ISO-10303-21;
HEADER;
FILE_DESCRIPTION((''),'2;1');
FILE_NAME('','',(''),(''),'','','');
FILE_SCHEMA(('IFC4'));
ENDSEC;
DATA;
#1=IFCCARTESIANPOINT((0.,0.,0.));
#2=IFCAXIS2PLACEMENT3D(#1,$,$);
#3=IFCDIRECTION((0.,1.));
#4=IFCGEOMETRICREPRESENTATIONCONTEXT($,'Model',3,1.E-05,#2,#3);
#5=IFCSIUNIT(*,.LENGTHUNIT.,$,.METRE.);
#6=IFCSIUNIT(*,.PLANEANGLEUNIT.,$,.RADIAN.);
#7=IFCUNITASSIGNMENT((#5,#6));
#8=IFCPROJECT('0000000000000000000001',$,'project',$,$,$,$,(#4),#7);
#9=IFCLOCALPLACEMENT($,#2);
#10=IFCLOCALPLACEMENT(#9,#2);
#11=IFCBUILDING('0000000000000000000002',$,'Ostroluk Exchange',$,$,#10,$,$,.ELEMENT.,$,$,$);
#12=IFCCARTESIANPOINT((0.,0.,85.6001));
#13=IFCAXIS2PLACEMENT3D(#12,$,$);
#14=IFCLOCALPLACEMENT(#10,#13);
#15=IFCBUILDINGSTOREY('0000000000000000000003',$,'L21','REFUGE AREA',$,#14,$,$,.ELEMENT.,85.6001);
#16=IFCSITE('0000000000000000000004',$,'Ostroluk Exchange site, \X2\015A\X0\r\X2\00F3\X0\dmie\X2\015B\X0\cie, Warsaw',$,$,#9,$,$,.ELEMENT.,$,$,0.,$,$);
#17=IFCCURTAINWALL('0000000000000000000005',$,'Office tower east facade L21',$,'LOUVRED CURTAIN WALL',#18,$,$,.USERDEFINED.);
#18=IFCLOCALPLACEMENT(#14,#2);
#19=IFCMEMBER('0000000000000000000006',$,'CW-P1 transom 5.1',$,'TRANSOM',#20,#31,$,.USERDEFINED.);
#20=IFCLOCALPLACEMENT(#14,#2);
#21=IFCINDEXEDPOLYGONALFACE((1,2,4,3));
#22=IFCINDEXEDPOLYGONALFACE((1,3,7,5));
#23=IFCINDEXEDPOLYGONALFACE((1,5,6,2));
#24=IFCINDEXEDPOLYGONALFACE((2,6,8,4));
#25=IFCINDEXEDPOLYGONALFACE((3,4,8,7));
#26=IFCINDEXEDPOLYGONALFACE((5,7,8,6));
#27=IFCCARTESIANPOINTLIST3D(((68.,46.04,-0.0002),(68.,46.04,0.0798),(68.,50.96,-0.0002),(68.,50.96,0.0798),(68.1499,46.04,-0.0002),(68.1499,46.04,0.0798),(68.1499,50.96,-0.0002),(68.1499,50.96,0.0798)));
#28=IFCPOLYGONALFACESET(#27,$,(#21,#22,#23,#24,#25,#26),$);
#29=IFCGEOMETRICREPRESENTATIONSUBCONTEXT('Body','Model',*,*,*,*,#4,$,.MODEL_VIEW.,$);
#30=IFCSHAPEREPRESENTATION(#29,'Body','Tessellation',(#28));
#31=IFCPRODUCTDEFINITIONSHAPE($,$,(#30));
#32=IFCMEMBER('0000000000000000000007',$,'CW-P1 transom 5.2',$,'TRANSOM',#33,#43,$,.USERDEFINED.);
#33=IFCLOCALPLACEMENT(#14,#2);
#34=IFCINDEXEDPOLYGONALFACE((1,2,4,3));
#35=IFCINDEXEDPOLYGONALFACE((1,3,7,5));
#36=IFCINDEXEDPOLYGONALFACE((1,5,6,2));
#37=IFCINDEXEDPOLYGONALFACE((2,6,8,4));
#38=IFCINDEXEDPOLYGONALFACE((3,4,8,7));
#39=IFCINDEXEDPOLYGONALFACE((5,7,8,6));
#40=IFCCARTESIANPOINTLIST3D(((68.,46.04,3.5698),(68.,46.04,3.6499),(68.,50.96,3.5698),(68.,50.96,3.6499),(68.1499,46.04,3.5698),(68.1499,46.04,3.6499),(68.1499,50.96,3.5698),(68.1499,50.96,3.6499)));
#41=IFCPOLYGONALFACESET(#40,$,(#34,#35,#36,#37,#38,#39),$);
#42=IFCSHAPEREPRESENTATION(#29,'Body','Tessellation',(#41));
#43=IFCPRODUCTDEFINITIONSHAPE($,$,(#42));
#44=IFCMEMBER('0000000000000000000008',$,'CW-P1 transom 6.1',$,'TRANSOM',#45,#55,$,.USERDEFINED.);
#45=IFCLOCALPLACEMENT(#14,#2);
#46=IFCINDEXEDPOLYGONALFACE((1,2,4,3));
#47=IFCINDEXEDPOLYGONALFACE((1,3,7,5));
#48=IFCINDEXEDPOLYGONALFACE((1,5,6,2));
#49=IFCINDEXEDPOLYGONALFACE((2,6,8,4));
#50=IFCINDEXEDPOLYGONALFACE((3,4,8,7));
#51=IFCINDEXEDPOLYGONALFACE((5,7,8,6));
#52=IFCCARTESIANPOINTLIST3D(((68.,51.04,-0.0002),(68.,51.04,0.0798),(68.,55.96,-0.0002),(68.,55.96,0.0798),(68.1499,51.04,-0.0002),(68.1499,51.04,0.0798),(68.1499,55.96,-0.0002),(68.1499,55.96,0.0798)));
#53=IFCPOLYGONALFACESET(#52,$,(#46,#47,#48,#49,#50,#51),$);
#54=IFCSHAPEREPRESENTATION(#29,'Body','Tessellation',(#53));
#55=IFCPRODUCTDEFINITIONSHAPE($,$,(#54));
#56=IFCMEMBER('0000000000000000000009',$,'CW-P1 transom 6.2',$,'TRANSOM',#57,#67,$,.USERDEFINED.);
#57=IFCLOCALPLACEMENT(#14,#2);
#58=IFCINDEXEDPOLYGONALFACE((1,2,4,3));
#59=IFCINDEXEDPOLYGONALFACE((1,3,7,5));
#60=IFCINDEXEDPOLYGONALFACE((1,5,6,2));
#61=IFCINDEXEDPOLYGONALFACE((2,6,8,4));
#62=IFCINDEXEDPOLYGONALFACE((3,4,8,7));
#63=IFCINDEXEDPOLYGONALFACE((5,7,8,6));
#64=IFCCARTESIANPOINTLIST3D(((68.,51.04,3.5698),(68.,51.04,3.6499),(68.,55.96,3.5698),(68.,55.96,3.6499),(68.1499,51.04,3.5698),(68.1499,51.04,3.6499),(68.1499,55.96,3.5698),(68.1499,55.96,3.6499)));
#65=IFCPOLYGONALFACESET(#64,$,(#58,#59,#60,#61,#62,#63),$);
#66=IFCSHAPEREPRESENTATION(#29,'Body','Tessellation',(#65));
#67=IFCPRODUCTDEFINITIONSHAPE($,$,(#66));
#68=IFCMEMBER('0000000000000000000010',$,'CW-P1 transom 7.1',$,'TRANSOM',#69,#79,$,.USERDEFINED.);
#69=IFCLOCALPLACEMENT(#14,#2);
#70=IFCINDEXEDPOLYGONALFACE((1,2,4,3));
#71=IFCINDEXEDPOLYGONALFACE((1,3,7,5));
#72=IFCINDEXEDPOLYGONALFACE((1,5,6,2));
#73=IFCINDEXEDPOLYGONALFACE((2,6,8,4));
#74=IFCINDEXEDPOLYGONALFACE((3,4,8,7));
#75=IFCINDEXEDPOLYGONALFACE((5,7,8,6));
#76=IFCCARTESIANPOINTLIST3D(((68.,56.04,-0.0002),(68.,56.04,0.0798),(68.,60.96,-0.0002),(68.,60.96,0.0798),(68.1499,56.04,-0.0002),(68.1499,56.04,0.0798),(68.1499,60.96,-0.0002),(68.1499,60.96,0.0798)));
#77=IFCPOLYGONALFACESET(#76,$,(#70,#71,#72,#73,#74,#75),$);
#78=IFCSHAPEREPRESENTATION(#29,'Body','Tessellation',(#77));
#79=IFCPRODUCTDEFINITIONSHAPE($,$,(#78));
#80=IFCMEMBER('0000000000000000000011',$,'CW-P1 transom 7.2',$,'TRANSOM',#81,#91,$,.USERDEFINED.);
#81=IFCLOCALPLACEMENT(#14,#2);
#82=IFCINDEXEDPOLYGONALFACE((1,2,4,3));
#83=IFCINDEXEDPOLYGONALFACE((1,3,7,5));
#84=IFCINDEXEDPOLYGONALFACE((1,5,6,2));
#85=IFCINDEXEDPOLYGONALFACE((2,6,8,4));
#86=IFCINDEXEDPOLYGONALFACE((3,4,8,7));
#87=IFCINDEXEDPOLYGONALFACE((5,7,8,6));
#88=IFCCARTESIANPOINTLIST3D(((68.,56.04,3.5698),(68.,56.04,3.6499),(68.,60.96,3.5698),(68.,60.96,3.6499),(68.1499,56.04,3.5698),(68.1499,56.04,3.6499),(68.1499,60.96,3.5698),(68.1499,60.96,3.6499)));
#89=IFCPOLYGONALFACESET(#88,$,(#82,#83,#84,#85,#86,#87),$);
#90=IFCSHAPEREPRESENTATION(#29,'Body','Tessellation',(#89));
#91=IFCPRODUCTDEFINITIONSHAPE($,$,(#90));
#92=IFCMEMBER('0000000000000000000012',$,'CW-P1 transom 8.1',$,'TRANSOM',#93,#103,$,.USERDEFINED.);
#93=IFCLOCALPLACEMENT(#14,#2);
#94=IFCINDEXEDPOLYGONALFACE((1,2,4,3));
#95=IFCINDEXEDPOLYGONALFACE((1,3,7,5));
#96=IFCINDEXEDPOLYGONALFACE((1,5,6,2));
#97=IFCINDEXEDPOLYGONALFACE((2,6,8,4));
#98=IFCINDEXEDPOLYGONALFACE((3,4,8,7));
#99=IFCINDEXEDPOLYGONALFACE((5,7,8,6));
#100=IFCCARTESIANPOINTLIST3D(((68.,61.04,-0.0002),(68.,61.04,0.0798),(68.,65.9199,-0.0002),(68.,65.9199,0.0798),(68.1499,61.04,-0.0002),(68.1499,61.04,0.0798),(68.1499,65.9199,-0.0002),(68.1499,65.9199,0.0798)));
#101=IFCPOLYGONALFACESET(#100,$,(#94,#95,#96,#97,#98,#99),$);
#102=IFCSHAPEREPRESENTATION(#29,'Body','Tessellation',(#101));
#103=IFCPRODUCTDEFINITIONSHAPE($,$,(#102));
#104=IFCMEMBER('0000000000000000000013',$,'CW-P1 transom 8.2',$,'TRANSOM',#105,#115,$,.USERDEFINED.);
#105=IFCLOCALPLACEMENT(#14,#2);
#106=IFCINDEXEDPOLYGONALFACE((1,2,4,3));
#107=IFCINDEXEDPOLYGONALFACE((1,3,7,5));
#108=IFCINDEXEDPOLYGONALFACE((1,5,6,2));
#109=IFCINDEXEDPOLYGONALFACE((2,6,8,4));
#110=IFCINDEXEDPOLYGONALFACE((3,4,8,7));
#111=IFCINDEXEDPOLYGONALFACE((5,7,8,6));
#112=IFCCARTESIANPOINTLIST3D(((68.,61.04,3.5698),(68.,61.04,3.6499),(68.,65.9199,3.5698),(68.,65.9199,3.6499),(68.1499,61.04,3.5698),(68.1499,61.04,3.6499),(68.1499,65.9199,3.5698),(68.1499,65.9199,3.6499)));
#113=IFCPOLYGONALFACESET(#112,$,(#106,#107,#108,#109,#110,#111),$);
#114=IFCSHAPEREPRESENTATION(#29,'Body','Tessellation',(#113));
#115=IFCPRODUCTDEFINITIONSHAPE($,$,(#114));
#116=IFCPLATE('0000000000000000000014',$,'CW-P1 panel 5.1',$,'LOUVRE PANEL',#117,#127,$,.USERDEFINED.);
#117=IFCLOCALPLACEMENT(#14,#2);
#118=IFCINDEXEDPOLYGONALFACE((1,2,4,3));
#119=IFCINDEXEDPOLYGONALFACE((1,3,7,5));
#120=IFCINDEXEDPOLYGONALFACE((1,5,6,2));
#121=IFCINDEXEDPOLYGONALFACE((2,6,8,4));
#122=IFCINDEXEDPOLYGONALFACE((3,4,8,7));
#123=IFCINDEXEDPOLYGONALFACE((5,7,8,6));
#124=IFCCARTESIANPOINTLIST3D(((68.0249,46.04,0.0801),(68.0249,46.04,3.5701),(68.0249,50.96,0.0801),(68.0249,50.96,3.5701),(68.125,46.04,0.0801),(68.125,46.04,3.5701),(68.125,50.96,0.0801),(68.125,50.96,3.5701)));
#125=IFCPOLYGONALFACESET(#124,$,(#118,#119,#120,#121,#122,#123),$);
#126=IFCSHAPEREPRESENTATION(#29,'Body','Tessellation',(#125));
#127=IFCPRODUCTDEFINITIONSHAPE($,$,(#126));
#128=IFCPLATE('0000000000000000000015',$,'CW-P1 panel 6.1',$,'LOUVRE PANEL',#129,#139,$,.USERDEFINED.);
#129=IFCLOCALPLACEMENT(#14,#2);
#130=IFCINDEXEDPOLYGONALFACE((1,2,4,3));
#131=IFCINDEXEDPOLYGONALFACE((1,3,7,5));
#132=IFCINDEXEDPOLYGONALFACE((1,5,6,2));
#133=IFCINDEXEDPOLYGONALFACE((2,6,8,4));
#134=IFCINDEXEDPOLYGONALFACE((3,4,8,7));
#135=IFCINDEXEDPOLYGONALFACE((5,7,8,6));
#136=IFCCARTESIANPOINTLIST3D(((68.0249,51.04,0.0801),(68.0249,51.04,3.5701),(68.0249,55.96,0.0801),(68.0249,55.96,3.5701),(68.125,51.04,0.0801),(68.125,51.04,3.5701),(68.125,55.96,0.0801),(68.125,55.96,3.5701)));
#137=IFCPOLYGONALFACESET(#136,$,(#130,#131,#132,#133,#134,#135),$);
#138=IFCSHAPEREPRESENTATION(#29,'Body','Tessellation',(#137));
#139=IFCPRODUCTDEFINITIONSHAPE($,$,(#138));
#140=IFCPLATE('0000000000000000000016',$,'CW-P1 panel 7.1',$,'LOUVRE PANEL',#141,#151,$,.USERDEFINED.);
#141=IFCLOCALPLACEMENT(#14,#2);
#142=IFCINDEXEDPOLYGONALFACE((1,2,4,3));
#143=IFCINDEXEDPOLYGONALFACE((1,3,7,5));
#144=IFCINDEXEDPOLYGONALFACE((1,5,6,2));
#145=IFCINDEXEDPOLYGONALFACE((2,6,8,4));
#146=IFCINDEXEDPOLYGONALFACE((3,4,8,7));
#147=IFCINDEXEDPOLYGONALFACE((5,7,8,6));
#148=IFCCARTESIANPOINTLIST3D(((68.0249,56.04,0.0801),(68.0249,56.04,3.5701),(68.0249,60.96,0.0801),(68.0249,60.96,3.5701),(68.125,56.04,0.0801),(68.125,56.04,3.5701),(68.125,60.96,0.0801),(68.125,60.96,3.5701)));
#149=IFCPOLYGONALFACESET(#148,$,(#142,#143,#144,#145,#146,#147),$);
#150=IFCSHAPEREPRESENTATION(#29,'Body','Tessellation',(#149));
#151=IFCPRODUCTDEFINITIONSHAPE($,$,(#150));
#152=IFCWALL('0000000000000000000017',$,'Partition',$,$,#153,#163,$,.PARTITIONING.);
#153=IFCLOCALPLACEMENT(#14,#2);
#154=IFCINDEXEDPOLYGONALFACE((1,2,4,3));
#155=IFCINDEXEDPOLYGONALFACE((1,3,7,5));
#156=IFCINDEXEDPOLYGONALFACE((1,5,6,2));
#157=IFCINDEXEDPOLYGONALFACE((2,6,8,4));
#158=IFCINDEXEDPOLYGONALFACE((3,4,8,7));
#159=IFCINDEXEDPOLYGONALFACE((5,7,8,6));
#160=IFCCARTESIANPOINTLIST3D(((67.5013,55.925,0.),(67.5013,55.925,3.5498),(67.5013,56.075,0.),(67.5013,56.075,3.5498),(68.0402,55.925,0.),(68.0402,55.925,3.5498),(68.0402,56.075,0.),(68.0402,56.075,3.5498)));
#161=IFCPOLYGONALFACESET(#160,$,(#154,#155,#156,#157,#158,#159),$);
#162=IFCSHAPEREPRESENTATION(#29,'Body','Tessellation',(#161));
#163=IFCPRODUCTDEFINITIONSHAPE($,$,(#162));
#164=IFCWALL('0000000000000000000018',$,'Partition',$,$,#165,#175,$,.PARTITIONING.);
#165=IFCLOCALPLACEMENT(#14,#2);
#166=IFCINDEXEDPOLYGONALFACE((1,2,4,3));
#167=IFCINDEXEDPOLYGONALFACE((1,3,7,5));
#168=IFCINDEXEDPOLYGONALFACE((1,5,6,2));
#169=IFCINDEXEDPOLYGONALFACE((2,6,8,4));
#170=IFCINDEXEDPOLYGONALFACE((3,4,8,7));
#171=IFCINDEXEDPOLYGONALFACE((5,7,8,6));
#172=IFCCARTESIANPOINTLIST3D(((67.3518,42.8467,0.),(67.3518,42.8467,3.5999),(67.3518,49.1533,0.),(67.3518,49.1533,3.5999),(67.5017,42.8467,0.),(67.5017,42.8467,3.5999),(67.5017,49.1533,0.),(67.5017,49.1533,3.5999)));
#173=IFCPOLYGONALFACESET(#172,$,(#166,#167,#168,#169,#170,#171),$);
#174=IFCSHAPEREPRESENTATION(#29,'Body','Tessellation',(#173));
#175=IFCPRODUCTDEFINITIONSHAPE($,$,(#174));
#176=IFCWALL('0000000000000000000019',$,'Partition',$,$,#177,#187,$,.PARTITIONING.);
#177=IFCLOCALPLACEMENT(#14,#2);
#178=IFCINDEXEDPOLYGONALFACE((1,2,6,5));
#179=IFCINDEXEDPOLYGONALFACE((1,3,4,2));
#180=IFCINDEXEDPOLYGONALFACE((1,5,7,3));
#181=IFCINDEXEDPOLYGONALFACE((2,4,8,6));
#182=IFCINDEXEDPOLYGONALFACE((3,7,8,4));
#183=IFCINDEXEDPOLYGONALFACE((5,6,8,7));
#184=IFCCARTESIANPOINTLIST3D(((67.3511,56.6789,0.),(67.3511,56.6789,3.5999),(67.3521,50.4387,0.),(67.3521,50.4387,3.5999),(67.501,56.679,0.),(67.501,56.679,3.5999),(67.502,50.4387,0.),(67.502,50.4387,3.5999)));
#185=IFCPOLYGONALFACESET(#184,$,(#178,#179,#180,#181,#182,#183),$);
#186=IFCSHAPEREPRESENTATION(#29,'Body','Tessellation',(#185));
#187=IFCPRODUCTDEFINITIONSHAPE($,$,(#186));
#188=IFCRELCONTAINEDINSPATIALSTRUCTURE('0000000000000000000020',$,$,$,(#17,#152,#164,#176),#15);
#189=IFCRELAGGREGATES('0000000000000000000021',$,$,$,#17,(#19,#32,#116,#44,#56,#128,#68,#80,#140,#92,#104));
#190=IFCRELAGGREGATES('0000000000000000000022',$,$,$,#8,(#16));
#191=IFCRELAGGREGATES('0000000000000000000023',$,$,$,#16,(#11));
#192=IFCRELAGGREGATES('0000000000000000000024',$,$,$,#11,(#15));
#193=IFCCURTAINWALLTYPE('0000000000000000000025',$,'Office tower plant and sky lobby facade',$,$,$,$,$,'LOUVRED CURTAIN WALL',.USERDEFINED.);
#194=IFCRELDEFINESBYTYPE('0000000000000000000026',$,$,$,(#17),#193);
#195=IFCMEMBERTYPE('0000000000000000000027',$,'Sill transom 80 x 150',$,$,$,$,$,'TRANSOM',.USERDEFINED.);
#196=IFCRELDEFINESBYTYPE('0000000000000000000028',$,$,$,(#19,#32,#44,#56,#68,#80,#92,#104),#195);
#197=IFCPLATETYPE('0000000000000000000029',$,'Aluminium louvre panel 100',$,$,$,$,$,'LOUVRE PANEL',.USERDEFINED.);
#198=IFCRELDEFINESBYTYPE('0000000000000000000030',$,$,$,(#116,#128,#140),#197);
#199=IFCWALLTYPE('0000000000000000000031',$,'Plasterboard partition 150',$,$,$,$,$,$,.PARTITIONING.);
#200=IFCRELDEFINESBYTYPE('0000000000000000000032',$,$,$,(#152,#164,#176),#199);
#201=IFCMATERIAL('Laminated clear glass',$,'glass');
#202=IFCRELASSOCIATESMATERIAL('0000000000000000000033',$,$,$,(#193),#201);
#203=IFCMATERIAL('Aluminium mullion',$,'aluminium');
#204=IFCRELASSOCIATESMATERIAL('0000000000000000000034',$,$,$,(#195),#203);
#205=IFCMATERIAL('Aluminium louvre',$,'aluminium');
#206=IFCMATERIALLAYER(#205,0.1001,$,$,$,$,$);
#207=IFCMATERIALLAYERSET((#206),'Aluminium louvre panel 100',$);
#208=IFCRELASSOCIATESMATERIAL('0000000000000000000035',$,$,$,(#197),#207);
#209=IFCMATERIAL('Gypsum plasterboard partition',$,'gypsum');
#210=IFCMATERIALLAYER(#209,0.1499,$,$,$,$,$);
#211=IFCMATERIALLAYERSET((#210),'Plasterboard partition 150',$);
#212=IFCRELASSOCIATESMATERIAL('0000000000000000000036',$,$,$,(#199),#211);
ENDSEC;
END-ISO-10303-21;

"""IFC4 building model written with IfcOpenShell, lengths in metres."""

from ifc_helpers import new_model, si_unit, direction, frame, frame_2d, origin, origin_2d, place, context, subcontext, project, spatial, rectangle, extrude, material, layer, layer_set, material_profile, profile_set, type_object, element, aggregate, save


model = new_model("IFC4")

# Units and contexts
model_context = context("Model", 3, precision=1e-05, world=origin(), true_north=direction((0.0, 1.0)))
body_context = subcontext(model_context, "Body", "Model", "MODEL_VIEW")
ifc_project = project(units=[si_unit("LENGTHUNIT", "METRE"), si_unit("PLANEANGLEUNIT", "RADIAN")], contexts=[model_context])

# Site, building, storey
site_placement = place(None, origin())
site = spatial("IfcSite", under=ifc_project, at=site_placement, Name="Ostroluk Exchange site, Śródmieście, Warsaw", CompositionType="ELEMENT", RefElevation=0.0)
building_placement = place(site_placement, origin())
building = spatial("IfcBuilding", under=site, at=building_placement, Name="Ostroluk Exchange", CompositionType="ELEMENT")
storey_placement = place(building_placement, frame((0.0, 0.0, 85.6001)))
storey = spatial("IfcBuildingStorey", under=building, at=storey_placement, Name="L21", Description="REFUGE AREA", CompositionType="ELEMENT", Elevation=85.6001)

# Curtain wall, members, plates
ifc_material_1 = material(Name="Laminated clear glass", Category="glass")
curtain_wall_type = type_object("IfcCurtainWallType", Name="Office tower plant and sky lobby facade", ElementType="LOUVRED CURTAIN WALL", PredefinedType="USERDEFINED", material=ifc_material_1)
curtain_wall_placement = place(storey_placement, origin())
curtain_wall = element("IfcCurtainWall", 1, at=curtain_wall_placement, inside=storey, type_object=curtain_wall_type, Name="Office tower east facade L21", ObjectType="LOUVRED CURTAIN WALL", PredefinedType="USERDEFINED")
ifc_material_2 = material(Name="Aluminium mullion", Category="aluminium")
ifc_material_profile = material_profile(ifc_material_2, rectangle(XDim=0.1499, YDim=0.0801, at=origin_2d()), Name="Sill transom 80 x 150")
ifc_profile_set = profile_set([ifc_material_profile], Name="Aluminium mullion")
member_type = type_object("IfcMemberType", Name="Sill transom 80 x 150", ElementType="TRANSOM", PredefinedType="USERDEFINED", material=ifc_profile_set)
member_1_placement = place(storey_placement, frame((68.075, 46.04, 0.0398), z_axis=(0.0, 1.0, 0.0), x_axis=(-1.0, 0.0, 0.0)))
member_1 = element("IfcMember", 2, at=member_1_placement, type_object=member_type, Name="CW-P1 transom 5.1", ObjectType="TRANSOM", PredefinedType="USERDEFINED", context=body_context, shape_type="SweptSolid", body=[
    extrude(rectangle(XDim=0.1499, YDim=0.0801, at=origin_2d()), origin(), (0.0, 0.0, 1.0), 4.9199),
])
member_2_placement = place(storey_placement, frame((68.075, 46.04, 3.6099), z_axis=(0.0, 1.0, 0.0), x_axis=(-1.0, 0.0, 0.0)))
member_2 = element("IfcMember", 3, at=member_2_placement, type_object=member_type, Name="CW-P1 transom 5.2", ObjectType="TRANSOM", PredefinedType="USERDEFINED", context=body_context, shape_type="SweptSolid", body=[
    extrude(rectangle(XDim=0.1499, YDim=0.0801, at=origin_2d()), origin(), (0.0, 0.0, 1.0), 4.9199),
])
member_3_placement = place(storey_placement, frame((68.075, 51.04, 0.0398), z_axis=(0.0, 1.0, 0.0), x_axis=(-1.0, 0.0, 0.0)))
member_3 = element("IfcMember", 4, at=member_3_placement, type_object=member_type, Name="CW-P1 transom 6.1", ObjectType="TRANSOM", PredefinedType="USERDEFINED", context=body_context, shape_type="SweptSolid", body=[
    extrude(rectangle(XDim=0.1499, YDim=0.0801, at=origin_2d()), origin(), (0.0, 0.0, 1.0), 4.9199),
])
member_4_placement = place(storey_placement, frame((68.075, 51.04, 3.6099), z_axis=(0.0, 1.0, 0.0), x_axis=(-1.0, 0.0, 0.0)))
member_4 = element("IfcMember", 5, at=member_4_placement, type_object=member_type, Name="CW-P1 transom 6.2", ObjectType="TRANSOM", PredefinedType="USERDEFINED", context=body_context, shape_type="SweptSolid", body=[
    extrude(rectangle(XDim=0.1499, YDim=0.0801, at=origin_2d()), origin(), (0.0, 0.0, 1.0), 4.9199),
])
member_5_placement = place(storey_placement, frame((68.075, 56.04, 0.0398), z_axis=(0.0, 1.0, 0.0), x_axis=(-1.0, 0.0, 0.0)))
member_5 = element("IfcMember", 6, at=member_5_placement, type_object=member_type, Name="CW-P1 transom 7.1", ObjectType="TRANSOM", PredefinedType="USERDEFINED", context=body_context, shape_type="SweptSolid", body=[
    extrude(rectangle(XDim=0.1499, YDim=0.0801, at=origin_2d()), origin(), (0.0, 0.0, 1.0), 4.9199),
])
member_6_placement = place(storey_placement, frame((68.075, 56.04, 3.6099), z_axis=(0.0, 1.0, 0.0), x_axis=(-1.0, 0.0, 0.0)))
member_6 = element("IfcMember", 7, at=member_6_placement, type_object=member_type, Name="CW-P1 transom 7.2", ObjectType="TRANSOM", PredefinedType="USERDEFINED", context=body_context, shape_type="SweptSolid", body=[
    extrude(rectangle(XDim=0.1499, YDim=0.0801, at=origin_2d()), origin(), (0.0, 0.0, 1.0), 4.9199),
])
member_7_placement = place(storey_placement, frame((68.075, 61.04, 0.0398), z_axis=(0.0, 1.0, 0.0), x_axis=(-1.0, 0.0, 0.0)))
member_7 = element("IfcMember", 8, at=member_7_placement, type_object=member_type, Name="CW-P1 transom 8.1", ObjectType="TRANSOM", PredefinedType="USERDEFINED", context=body_context, shape_type="SweptSolid", body=[
    extrude(rectangle(XDim=0.1499, YDim=0.0801, at=origin_2d()), origin(), (0.0, 0.0, 1.0), 4.8799),
])
member_8_placement = place(storey_placement, frame((68.075, 61.04, 3.6099), z_axis=(0.0, 1.0, 0.0), x_axis=(-1.0, 0.0, 0.0)))
member_8 = element("IfcMember", 9, at=member_8_placement, type_object=member_type, Name="CW-P1 transom 8.2", ObjectType="TRANSOM", PredefinedType="USERDEFINED", context=body_context, shape_type="SweptSolid", body=[
    extrude(rectangle(XDim=0.1499, YDim=0.0801, at=origin_2d()), origin(), (0.0, 0.0, 1.0), 4.8799),
])
ifc_material_3 = material(Name="Aluminium louvre", Category="aluminium")
ifc_layer_1 = layer(ifc_material_3, 0.1001)
ifc_layer_set_1 = layer_set([ifc_layer_1], Name="Aluminium louvre panel 100")
plate_type = type_object("IfcPlateType", Name="Aluminium louvre panel 100", ElementType="LOUVRE PANEL", PredefinedType="USERDEFINED", material=ifc_layer_set_1)
plate_1_placement = place(storey_placement, frame((68.075, 48.5, 0.0801), z_axis=(0.0, 0.0, 1.0), x_axis=(0.0, 1.0, 0.0)))
plate_1 = element("IfcPlate", 10, at=plate_1_placement, type_object=plate_type, Name="CW-P1 panel 5.1", ObjectType="LOUVRE PANEL", PredefinedType="USERDEFINED", context=body_context, shape_type="SweptSolid", body=[
    extrude(rectangle(XDim=4.9199, YDim=0.1001, at=origin_2d()), origin(), (0.0, 0.0, 1.0), 3.49),
])
plate_2_placement = place(storey_placement, frame((68.075, 53.5, 0.0801), z_axis=(0.0, 0.0, 1.0), x_axis=(0.0, 1.0, 0.0)))
plate_2 = element("IfcPlate", 11, at=plate_2_placement, type_object=plate_type, Name="CW-P1 panel 6.1", ObjectType="LOUVRE PANEL", PredefinedType="USERDEFINED", context=body_context, shape_type="SweptSolid", body=[
    extrude(rectangle(XDim=4.9199, YDim=0.1001, at=origin_2d()), origin(), (0.0, 0.0, 1.0), 3.49),
])
plate_3_placement = place(storey_placement, frame((68.075, 58.5, 0.0801), z_axis=(0.0, 0.0, 1.0), x_axis=(0.0, 1.0, 0.0)))
plate_3 = element("IfcPlate", 12, at=plate_3_placement, type_object=plate_type, Name="CW-P1 panel 7.1", ObjectType="LOUVRE PANEL", PredefinedType="USERDEFINED", context=body_context, shape_type="SweptSolid", body=[
    extrude(rectangle(XDim=4.9199, YDim=0.1001, at=origin_2d()), origin(), (0.0, 0.0, 1.0), 3.49),
])
aggregate(curtain_wall, [member_1, member_2, plate_1, member_3, member_4, plate_2, member_5, member_6, plate_3, member_7, member_8])

# Walls
ifc_material_4 = material(Name="Gypsum plasterboard partition", Category="gypsum")
ifc_layer_2 = layer(ifc_material_4, 0.1499)
ifc_layer_set_2 = layer_set([ifc_layer_2], Name="Plasterboard partition 150")
wall_type = type_object("IfcWallType", Name="Plasterboard partition 150", PredefinedType="PARTITIONING", material=ifc_layer_set_2)
wall_1_placement = place(storey_placement, frame((67.5012, 56.0, 0.0), z_axis=(0.0, 0.0, 1.0), x_axis=(1.0, 0.0, 0.0)))
element("IfcWall", 13, at=wall_1_placement, inside=storey, type_object=wall_type, Name="Partition", PredefinedType="PARTITIONING", context=body_context, shape_type="SweptSolid", body=[
    extrude(rectangle(XDim=0.5388, YDim=0.1499, at=frame_2d((0.2695, 0.0))), origin(), (0.0, 0.0, 1.0), 3.5498),
])
wall_2_placement = place(storey_placement, frame((67.4268, 49.1533, 0.0), z_axis=(0.0, 0.0, 1.0), x_axis=(0.0, -1.0, 0.0)))
element("IfcWall", 14, at=wall_2_placement, inside=storey, type_object=wall_type, Name="Partition", PredefinedType="PARTITIONING", context=body_context, shape_type="SweptSolid", body=[
    extrude(rectangle(XDim=6.3066, YDim=0.1499, at=frame_2d((3.1533, 0.0))), origin(), (0.0, 0.0, 1.0), 3.5999),
])
wall_3_placement = place(storey_placement, frame((67.426, 56.679, 0.0), z_axis=(0.0, 0.0, 1.0), x_axis=(0.000156, -1.0, 0.0)))
element("IfcWall", 15, at=wall_3_placement, inside=storey, type_object=wall_type, Name="Partition", PredefinedType="PARTITIONING", context=body_context, shape_type="SweptSolid", body=[
    extrude(rectangle(XDim=6.2402, YDim=0.1499, at=frame_2d((3.1201, 0.0))), origin(), (0.0, 0.0, 1.0), 3.5999),
])

save(model, "model.ifc")
